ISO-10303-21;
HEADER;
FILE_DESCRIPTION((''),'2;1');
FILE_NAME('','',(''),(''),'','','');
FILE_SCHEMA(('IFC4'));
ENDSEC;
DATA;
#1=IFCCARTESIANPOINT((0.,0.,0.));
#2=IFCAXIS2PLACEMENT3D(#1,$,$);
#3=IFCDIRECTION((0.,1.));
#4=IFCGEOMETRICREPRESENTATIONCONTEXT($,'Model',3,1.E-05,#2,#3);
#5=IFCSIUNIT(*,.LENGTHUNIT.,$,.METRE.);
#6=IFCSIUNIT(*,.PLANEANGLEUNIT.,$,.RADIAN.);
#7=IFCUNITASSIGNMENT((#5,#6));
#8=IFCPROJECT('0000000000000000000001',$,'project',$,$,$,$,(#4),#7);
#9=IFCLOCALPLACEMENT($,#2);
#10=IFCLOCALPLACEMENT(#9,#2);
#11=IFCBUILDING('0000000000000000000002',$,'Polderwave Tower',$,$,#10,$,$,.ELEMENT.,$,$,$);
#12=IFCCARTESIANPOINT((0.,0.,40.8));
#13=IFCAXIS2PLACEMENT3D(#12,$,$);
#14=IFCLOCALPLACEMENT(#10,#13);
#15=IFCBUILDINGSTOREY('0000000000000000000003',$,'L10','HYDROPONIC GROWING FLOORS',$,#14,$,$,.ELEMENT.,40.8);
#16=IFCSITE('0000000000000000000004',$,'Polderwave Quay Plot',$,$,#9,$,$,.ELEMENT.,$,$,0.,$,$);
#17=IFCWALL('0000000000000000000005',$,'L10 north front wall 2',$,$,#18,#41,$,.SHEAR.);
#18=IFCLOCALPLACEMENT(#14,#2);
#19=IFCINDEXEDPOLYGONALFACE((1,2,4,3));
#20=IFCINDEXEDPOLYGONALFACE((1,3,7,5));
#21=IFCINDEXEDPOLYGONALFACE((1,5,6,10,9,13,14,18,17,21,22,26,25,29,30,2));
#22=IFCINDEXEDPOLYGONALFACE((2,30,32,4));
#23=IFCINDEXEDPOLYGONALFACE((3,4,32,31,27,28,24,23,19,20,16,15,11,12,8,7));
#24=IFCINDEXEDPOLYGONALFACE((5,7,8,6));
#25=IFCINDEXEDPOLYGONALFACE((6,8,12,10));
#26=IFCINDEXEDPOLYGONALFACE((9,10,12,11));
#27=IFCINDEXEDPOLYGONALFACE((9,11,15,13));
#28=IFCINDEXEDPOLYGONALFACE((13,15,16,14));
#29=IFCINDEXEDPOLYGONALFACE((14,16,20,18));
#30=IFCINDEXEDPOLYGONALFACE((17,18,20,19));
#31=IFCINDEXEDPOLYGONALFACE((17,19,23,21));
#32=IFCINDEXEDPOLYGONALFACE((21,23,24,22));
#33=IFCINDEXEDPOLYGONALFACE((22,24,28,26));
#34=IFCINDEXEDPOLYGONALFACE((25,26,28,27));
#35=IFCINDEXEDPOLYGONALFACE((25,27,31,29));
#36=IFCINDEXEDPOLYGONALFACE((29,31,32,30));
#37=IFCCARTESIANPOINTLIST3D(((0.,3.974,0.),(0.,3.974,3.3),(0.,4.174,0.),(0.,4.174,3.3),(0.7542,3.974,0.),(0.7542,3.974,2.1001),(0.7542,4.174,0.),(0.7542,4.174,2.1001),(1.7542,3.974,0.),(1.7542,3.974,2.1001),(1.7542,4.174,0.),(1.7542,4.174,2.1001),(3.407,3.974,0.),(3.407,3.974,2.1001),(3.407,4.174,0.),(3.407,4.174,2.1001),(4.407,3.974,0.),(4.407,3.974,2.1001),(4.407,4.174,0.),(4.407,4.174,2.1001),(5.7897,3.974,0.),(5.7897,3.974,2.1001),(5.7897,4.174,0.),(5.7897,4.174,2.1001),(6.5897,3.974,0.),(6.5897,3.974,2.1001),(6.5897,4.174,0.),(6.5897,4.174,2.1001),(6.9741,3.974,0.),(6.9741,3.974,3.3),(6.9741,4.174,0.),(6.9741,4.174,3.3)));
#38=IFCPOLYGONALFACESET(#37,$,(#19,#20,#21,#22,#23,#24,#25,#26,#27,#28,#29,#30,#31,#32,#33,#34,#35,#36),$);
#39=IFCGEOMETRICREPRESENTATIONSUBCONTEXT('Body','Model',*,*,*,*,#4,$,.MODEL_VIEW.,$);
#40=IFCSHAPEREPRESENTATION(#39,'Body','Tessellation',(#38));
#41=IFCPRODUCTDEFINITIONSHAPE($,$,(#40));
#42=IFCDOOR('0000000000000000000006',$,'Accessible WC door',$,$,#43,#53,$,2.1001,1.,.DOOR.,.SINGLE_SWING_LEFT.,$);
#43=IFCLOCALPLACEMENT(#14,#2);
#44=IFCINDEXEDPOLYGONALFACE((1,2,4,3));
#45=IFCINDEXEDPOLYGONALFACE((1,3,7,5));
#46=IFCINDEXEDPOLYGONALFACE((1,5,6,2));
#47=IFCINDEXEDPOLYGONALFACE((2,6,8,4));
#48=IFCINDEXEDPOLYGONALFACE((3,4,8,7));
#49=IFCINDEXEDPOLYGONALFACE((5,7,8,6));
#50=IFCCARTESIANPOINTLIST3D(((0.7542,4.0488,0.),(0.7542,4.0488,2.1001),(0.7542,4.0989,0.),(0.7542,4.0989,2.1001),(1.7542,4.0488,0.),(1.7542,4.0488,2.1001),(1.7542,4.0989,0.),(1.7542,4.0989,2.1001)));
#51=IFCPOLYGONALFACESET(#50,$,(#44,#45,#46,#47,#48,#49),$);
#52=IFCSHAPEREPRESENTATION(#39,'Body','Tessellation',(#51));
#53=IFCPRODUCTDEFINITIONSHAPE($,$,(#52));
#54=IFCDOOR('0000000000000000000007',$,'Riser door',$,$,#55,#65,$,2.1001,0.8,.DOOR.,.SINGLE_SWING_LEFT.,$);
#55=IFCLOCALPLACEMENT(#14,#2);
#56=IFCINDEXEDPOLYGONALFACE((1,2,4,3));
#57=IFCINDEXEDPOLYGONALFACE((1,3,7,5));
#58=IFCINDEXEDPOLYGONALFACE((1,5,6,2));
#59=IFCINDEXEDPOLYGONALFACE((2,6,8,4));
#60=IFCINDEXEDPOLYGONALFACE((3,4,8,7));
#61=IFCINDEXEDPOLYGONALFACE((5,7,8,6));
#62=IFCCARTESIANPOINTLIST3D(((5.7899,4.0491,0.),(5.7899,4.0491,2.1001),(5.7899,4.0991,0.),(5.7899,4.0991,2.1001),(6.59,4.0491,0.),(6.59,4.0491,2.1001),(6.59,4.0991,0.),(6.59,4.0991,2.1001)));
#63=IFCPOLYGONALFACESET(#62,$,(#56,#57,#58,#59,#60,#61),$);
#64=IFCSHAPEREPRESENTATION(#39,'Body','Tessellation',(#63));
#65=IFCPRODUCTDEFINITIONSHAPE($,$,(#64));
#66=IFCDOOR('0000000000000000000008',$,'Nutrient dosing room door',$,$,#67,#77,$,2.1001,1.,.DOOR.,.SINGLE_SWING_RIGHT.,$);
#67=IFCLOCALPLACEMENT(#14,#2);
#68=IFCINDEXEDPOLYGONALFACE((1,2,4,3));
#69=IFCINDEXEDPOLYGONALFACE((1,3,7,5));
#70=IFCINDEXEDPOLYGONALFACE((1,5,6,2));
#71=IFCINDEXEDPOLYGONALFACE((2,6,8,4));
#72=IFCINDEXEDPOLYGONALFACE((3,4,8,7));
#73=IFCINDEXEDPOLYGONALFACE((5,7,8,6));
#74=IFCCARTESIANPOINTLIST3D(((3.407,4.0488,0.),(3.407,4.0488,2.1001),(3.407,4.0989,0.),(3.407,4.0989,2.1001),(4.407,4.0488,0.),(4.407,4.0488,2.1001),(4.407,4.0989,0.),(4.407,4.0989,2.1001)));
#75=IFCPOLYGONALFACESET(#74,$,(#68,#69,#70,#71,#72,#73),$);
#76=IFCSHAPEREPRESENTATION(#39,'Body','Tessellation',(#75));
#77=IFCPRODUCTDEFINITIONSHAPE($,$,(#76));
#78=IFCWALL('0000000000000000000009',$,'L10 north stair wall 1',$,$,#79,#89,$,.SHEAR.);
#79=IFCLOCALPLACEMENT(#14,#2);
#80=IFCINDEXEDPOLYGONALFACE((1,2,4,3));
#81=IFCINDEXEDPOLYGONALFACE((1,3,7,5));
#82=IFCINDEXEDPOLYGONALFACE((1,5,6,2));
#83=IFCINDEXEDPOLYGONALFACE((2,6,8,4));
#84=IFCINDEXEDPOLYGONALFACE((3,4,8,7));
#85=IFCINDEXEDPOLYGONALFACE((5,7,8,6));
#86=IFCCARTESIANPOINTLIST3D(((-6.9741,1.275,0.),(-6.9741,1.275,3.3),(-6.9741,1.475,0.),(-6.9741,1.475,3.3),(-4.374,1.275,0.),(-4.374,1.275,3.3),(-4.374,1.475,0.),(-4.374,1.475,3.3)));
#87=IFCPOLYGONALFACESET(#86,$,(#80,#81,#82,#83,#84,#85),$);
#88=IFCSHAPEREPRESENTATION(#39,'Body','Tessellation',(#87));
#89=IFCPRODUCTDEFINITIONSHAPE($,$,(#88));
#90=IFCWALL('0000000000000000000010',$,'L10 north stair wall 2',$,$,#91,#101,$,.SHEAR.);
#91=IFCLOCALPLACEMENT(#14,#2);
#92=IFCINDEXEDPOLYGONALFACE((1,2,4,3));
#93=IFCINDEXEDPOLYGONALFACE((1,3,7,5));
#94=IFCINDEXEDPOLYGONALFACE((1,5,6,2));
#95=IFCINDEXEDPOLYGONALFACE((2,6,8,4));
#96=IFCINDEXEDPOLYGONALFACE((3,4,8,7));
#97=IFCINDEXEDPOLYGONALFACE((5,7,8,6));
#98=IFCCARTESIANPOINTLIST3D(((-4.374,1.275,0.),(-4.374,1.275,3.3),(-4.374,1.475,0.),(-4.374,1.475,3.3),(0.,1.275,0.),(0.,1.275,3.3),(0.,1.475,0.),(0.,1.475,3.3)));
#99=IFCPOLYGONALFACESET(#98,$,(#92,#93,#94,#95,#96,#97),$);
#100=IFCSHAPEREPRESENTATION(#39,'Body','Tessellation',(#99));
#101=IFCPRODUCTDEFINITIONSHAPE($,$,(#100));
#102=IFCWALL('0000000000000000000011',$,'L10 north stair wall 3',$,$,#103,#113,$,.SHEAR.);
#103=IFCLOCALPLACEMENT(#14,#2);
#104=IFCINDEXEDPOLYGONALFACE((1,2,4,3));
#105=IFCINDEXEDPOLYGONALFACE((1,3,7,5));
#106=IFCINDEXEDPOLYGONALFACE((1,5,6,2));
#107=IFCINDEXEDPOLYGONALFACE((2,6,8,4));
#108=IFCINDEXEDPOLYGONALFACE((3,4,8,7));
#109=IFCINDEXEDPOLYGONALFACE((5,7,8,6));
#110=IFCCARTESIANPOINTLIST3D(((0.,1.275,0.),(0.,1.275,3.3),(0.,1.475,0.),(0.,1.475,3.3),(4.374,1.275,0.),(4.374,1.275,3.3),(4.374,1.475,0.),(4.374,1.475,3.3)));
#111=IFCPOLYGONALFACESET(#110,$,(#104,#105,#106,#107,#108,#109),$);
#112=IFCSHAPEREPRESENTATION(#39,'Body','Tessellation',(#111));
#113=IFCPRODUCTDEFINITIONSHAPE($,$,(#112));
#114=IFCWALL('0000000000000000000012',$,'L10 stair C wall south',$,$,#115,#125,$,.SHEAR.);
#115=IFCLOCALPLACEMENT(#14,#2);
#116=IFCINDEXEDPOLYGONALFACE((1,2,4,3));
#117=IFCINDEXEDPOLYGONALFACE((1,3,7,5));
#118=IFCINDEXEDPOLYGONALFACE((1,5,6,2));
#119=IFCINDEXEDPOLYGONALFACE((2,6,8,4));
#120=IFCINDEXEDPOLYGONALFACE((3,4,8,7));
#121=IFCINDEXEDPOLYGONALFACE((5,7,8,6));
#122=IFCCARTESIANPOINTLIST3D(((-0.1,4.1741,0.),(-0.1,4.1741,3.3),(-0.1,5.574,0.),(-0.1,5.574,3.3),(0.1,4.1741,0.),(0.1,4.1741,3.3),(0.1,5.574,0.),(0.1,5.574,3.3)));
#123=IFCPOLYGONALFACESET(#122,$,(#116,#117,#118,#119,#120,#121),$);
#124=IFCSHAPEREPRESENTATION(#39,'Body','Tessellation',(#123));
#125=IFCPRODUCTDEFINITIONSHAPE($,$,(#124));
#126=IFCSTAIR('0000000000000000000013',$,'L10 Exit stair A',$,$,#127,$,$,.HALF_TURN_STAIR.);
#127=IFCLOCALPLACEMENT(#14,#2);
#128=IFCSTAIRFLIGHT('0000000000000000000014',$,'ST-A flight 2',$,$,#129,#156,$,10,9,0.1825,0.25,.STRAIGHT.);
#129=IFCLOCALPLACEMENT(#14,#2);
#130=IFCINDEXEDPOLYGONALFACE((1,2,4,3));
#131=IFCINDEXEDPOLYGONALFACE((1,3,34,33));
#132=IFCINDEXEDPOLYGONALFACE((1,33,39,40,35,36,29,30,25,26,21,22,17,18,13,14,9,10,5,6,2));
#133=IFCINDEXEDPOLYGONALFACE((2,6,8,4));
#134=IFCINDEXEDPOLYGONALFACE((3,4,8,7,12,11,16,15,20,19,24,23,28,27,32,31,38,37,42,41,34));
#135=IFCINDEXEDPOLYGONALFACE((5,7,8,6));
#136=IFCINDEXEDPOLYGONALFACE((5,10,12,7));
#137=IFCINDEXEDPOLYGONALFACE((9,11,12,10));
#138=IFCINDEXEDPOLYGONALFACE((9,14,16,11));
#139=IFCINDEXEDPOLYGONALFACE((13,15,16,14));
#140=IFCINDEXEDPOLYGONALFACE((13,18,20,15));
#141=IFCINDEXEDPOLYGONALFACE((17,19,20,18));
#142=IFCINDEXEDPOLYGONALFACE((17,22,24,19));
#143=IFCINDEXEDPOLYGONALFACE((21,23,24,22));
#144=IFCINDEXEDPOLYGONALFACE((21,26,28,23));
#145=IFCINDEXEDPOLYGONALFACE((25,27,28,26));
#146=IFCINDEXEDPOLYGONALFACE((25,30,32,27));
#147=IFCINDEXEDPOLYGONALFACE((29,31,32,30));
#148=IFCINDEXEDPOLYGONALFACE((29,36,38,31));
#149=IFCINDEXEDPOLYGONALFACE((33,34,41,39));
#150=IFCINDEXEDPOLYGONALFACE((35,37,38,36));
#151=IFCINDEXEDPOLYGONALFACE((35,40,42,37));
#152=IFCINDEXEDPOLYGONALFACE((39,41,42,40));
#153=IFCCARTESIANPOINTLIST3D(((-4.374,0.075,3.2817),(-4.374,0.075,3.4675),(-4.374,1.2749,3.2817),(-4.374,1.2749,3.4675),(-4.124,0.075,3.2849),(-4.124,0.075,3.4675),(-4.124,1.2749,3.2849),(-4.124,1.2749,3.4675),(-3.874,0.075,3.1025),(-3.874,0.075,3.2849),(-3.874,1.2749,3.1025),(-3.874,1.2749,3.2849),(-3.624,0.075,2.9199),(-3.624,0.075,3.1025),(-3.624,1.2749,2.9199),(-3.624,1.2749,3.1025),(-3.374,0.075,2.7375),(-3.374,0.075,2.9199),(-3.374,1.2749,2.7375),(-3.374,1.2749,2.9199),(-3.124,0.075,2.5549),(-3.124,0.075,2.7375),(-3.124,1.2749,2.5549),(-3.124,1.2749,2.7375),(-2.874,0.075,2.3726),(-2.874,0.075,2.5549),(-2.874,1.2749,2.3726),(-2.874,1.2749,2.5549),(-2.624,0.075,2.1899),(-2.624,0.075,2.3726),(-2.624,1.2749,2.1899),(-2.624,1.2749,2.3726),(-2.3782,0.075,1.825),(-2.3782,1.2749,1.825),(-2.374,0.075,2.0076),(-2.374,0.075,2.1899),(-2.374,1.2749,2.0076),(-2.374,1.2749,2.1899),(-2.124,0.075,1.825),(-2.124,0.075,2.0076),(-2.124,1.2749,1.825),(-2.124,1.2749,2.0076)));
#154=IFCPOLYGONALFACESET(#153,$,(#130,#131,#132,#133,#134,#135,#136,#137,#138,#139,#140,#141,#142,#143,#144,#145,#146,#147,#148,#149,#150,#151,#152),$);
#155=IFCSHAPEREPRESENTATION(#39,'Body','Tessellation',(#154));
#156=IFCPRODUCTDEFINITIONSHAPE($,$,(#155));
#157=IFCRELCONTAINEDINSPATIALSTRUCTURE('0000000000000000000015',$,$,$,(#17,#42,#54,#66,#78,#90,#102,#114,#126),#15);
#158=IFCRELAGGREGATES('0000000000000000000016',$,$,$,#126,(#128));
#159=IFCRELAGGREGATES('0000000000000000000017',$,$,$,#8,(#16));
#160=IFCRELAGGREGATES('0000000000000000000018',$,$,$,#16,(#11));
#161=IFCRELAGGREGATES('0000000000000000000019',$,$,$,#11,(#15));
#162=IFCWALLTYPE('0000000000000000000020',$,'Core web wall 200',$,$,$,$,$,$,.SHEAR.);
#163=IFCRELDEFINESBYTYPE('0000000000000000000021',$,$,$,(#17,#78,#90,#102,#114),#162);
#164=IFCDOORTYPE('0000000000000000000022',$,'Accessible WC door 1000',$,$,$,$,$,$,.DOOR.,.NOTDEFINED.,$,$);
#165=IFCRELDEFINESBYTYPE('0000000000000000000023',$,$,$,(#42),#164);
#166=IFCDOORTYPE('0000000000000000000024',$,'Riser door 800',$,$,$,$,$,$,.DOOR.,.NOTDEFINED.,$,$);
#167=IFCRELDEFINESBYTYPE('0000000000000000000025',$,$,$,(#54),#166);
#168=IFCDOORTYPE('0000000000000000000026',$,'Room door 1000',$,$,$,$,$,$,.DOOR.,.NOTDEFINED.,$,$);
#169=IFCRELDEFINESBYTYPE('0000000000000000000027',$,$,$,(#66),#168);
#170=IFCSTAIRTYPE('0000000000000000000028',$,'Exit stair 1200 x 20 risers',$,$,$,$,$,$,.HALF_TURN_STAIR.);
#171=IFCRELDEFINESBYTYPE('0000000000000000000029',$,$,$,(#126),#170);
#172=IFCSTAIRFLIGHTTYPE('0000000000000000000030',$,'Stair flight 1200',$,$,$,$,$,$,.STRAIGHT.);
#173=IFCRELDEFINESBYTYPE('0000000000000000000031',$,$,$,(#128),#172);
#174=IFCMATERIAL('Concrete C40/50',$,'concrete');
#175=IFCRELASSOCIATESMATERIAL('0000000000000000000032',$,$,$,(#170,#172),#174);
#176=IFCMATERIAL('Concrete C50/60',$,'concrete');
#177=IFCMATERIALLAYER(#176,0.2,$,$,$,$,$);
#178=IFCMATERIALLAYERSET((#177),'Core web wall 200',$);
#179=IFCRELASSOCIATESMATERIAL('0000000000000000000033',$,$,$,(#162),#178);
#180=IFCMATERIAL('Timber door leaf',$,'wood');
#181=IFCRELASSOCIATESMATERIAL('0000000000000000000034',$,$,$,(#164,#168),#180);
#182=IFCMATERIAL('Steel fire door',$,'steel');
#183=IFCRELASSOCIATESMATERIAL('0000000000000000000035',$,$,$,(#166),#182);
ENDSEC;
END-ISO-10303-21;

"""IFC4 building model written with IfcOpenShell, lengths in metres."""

from ifc_helpers import new_model, si_unit, direction, frame, frame_2d, origin, place, context, subcontext, project, spatial, polyline, rectangle, outline, extrude, material, layer, layer_set, type_object, element, fill, aggregate, save


model = new_model("IFC4")

# Units and contexts
model_context = context("Model", 3, precision=1e-05, world=origin(), true_north=direction((0.0, 1.0)))
body_context = subcontext(model_context, "Body", "Model", "MODEL_VIEW")
ifc_project = project(units=[si_unit("LENGTHUNIT", "METRE"), si_unit("PLANEANGLEUNIT", "RADIAN")], contexts=[model_context])

# Site, building, storey
site_placement = place(None, origin())
site = spatial("IfcSite", under=ifc_project, at=site_placement, Name="Polderwave Quay Plot", CompositionType="ELEMENT", RefElevation=0.0)
building_placement = place(site_placement, origin())
building = spatial("IfcBuilding", under=site, at=building_placement, Name="Polderwave Tower", CompositionType="ELEMENT")
storey_placement = place(building_placement, frame((0.0, 0.0, 40.8)))
storey = spatial("IfcBuildingStorey", under=building, at=storey_placement, Name="L10", Description="HYDROPONIC GROWING FLOORS", CompositionType="ELEMENT", Elevation=40.8)

# Shared definitions
ifc_material_1 = material(Name="Concrete C40/50", Category="concrete")

# Shared definitions
stair_type = type_object("IfcStairType", Name="Exit stair 1200 x 20 risers", PredefinedType="HALF_TURN_STAIR", material=ifc_material_1)

# Shared definitions
ifc_material_2 = material(Name="Steel fire door", Category="steel")

# Shared definitions
ifc_material_3 = material(Name="Concrete C50/60", Category="concrete")
ifc_layer_1 = layer(ifc_material_3, 0.2)
ifc_layer_set_1 = layer_set([ifc_layer_1], Name="Core web wall 200")
wall_type_1 = type_object("IfcWallType", Name="Core web wall 200", PredefinedType="SHEAR", material=ifc_layer_set_1)

# Wall, openings, doors
wall_1_placement = place(storey_placement, frame((0.0, 4.074, 0.0), z_axis=(0.0, 0.0, 1.0), x_axis=(1.0, 0.0, 0.0)))
wall_1 = element("IfcWall", 1, at=wall_1_placement, inside=storey, type_object=wall_type_1, Name="L10 north front wall 2", PredefinedType="SHEAR", context=body_context, shape_type="SweptSolid", body=[
    extrude(rectangle(XDim=6.9741, YDim=0.2, at=frame_2d((3.4871, 0.0))), origin(), (0.0, 0.0, 1.0), 3.3),
])
opening_1_placement = place(wall_1_placement, frame((0.7542, 0.0, 0.0)))
opening_1 = element("IfcOpeningElement", 2, at=opening_1_placement, cuts=wall_1, PredefinedType="OPENING", context=body_context, shape_type="SweptSolid", body=[
    extrude(rectangle(XDim=1.0, YDim=2.1001, at=frame_2d((0.5, 1.05))), frame((0.0, 0.1099, 0.0), z_axis=(0.0, -1.0, 0.0), x_axis=(1.0, 0.0, 0.0)), (0.0, 0.0, 1.0), 0.22),
])
opening_2_placement = place(wall_1_placement, frame((3.407, 0.0, 0.0)))
opening_2 = element("IfcOpeningElement", 3, at=opening_2_placement, cuts=wall_1, PredefinedType="OPENING", context=body_context, shape_type="SweptSolid", body=[
    extrude(rectangle(XDim=1.0, YDim=2.1001, at=frame_2d((0.5, 1.05))), frame((0.0, 0.1099, 0.0), z_axis=(0.0, -1.0, 0.0), x_axis=(1.0, 0.0, 0.0)), (0.0, 0.0, 1.0), 0.22),
])
opening_3_placement = place(wall_1_placement, frame((5.7898, 0.0, 0.0)))
opening_3 = element("IfcOpeningElement", 4, at=opening_3_placement, cuts=wall_1, PredefinedType="OPENING", context=body_context, shape_type="SweptSolid", body=[
    extrude(rectangle(XDim=0.8, YDim=2.1001, at=frame_2d((0.3999, 1.05))), frame((0.0, 0.1099, 0.0), z_axis=(0.0, -1.0, 0.0), x_axis=(1.0, 0.0, 0.0)), (0.0, 0.0, 1.0), 0.22),
])
ifc_material_4 = material(Name="Timber door leaf", Category="wood")
door_type_1 = type_object("IfcDoorType", Name="Accessible WC door 1000", OperationType="NOTDEFINED", PredefinedType="DOOR", material=ifc_material_4)
door_1_placement = place(opening_1_placement, origin())
door_1 = element("IfcDoor", 5, at=door_1_placement, inside=storey, type_object=door_type_1, Name="Accessible WC door", OperationType="SINGLE_SWING_LEFT", OverallHeight=2.1001, OverallWidth=1.0, PredefinedType="DOOR", context=body_context, shape_type="SweptSolid", body=[
    extrude(rectangle(XDim=1.0, YDim=2.1001, at=frame_2d((0.5, 1.05))), frame((0.0, 0.0249, 0.0), z_axis=(0.0, -1.0, 0.0), x_axis=(1.0, 0.0, 0.0)), (0.0, 0.0, 1.0), 0.05),
])
fill(opening_1, door_1)
door_type_2 = type_object("IfcDoorType", Name="Riser door 800", OperationType="NOTDEFINED", PredefinedType="DOOR", material=ifc_material_2)
door_2_placement = place(opening_3_placement, frame((0.8, 0.0, 0.0), z_axis=(0.0, 0.0, 1.0), x_axis=(-1.0, 0.0, 0.0)))
door_2 = element("IfcDoor", 6, at=door_2_placement, inside=storey, type_object=door_type_2, Name="Riser door", OperationType="SINGLE_SWING_LEFT", OverallHeight=2.1001, OverallWidth=0.8, PredefinedType="DOOR", context=body_context, shape_type="SweptSolid", body=[
    extrude(rectangle(XDim=0.8, YDim=2.1001, at=frame_2d((0.3999, 1.05))), frame((0.0, 0.0249, 0.0), z_axis=(0.0, -1.0, 0.0), x_axis=(1.0, 0.0, 0.0)), (0.0, 0.0, 1.0), 0.05),
])
fill(opening_3, door_2)
door_type_3 = type_object("IfcDoorType", Name="Room door 1000", OperationType="NOTDEFINED", PredefinedType="DOOR", material=ifc_material_4)
door_3_placement = place(opening_2_placement, origin())
door_3 = element("IfcDoor", 7, at=door_3_placement, inside=storey, type_object=door_type_3, Name="Nutrient dosing room door", OperationType="SINGLE_SWING_RIGHT", OverallHeight=2.1001, OverallWidth=1.0, PredefinedType="DOOR", context=body_context, shape_type="SweptSolid", body=[
    extrude(rectangle(XDim=1.0, YDim=2.1001, at=frame_2d((0.5, 1.05))), frame((0.0, 0.0249, 0.0), z_axis=(0.0, -1.0, 0.0), x_axis=(1.0, 0.0, 0.0)), (0.0, 0.0, 1.0), 0.05),
])
fill(opening_2, door_3)

# Walls
wall_2_placement = place(storey_placement, frame((-6.9741, 1.375, 0.0), z_axis=(0.0, 0.0, 1.0), x_axis=(1.0, 0.0, 0.0)))
element("IfcWall", 8, at=wall_2_placement, inside=storey, type_object=wall_type_1, Name="L10 north stair wall 1", PredefinedType="SHEAR", context=body_context, shape_type="SweptSolid", body=[
    extrude(rectangle(XDim=2.6001, YDim=0.2, at=frame_2d((1.3, 0.0))), origin(), (0.0, 0.0, 1.0), 3.3),
])
for number, where, z_axis, x_axis, name in (
    (9, (-4.374, 1.375, 0.0), (0.0, 0.0, 1.0), (1.0, 0.0, 0.0), "L10 north stair wall 2"),
    (10, (0.0, 1.375, 0.0), (0.0, 0.0, 1.0), (1.0, 0.0, 0.0), "L10 north stair wall 3"),
):
    element("IfcWall", number, at=place(storey_placement, frame(where, z_axis=z_axis, x_axis=x_axis)), inside=storey, type_object=wall_type_1, Name=name, PredefinedType="SHEAR", context=body_context, shape_type="SweptSolid", body=[
        extrude(rectangle(XDim=4.374, YDim=0.2, at=frame_2d((2.187, 0.0))), origin(), (0.0, 0.0, 1.0), 3.3),
    ])
wall_3_placement = place(storey_placement, frame((0.0, 4.1741, 0.0), z_axis=(0.0, 0.0, 1.0), x_axis=(0.0, 1.0, 0.0)))
element("IfcWall", 11, at=wall_3_placement, inside=storey, type_object=wall_type_1, Name="L10 stair C wall south", PredefinedType="SHEAR", context=body_context, shape_type="SweptSolid", body=[
    extrude(rectangle(XDim=1.3999, YDim=0.2, at=frame_2d((0.7, 0.0))), origin(), (0.0, 0.0, 1.0), 3.3),
])

# Stair, stair flight
stair_1_placement = place(storey_placement, origin())
stair_1 = element("IfcStair", 12, at=stair_1_placement, inside=storey, type_object=stair_type, Name="L10 Exit stair A", PredefinedType="HALF_TURN_STAIR")
stair_flight_type = type_object("IfcStairFlightType", Name="Stair flight 1200", PredefinedType="STRAIGHT", material=ifc_material_1)
stair_flight_1_placement = place(storey_placement, frame((-2.124, 0.675, 1.825), z_axis=(0.0, 0.0, 1.0), x_axis=(-1.0, 0.0, 0.0)))
stair_flight_1 = element("IfcStairFlight", 13, at=stair_flight_1_placement, type_object=stair_flight_type, Name="ST-A flight 2", NumberOfRisers=10, NumberOfTreads=9, PredefinedType="STRAIGHT", RiserHeight=0.1825, TreadLength=0.25, context=body_context, shape_type="SweptSolid", body=[
    extrude(outline(polyline([(0.0, 0.0), (0.0, 0.1826), (0.25, 0.1826), (0.25, 0.365), (0.5, 0.365), (0.5, 0.5476), (0.75, 0.5476), (0.75, 0.73), (1.0, 0.73), (1.0, 0.9126), (1.25, 0.9126), (1.25, 1.095), (1.5, 1.095), (1.5, 1.2776), (1.75, 1.2776), (1.75, 1.46), (2.0, 1.46), (2.0, 1.6426), (2.25, 1.6426), (2.25, 1.825), (2.25, 1.4568), (0.2542, 0.0), (0.0, 0.0)])), frame((0.0, 0.6001, 0.0), z_axis=(0.0, -1.0, 0.0), x_axis=(1.0, 0.0, 0.0)), (0.0, 0.0, 1.0), 1.2),
])
aggregate(stair_1, [stair_flight_1])

save(model, "model.ifc")
